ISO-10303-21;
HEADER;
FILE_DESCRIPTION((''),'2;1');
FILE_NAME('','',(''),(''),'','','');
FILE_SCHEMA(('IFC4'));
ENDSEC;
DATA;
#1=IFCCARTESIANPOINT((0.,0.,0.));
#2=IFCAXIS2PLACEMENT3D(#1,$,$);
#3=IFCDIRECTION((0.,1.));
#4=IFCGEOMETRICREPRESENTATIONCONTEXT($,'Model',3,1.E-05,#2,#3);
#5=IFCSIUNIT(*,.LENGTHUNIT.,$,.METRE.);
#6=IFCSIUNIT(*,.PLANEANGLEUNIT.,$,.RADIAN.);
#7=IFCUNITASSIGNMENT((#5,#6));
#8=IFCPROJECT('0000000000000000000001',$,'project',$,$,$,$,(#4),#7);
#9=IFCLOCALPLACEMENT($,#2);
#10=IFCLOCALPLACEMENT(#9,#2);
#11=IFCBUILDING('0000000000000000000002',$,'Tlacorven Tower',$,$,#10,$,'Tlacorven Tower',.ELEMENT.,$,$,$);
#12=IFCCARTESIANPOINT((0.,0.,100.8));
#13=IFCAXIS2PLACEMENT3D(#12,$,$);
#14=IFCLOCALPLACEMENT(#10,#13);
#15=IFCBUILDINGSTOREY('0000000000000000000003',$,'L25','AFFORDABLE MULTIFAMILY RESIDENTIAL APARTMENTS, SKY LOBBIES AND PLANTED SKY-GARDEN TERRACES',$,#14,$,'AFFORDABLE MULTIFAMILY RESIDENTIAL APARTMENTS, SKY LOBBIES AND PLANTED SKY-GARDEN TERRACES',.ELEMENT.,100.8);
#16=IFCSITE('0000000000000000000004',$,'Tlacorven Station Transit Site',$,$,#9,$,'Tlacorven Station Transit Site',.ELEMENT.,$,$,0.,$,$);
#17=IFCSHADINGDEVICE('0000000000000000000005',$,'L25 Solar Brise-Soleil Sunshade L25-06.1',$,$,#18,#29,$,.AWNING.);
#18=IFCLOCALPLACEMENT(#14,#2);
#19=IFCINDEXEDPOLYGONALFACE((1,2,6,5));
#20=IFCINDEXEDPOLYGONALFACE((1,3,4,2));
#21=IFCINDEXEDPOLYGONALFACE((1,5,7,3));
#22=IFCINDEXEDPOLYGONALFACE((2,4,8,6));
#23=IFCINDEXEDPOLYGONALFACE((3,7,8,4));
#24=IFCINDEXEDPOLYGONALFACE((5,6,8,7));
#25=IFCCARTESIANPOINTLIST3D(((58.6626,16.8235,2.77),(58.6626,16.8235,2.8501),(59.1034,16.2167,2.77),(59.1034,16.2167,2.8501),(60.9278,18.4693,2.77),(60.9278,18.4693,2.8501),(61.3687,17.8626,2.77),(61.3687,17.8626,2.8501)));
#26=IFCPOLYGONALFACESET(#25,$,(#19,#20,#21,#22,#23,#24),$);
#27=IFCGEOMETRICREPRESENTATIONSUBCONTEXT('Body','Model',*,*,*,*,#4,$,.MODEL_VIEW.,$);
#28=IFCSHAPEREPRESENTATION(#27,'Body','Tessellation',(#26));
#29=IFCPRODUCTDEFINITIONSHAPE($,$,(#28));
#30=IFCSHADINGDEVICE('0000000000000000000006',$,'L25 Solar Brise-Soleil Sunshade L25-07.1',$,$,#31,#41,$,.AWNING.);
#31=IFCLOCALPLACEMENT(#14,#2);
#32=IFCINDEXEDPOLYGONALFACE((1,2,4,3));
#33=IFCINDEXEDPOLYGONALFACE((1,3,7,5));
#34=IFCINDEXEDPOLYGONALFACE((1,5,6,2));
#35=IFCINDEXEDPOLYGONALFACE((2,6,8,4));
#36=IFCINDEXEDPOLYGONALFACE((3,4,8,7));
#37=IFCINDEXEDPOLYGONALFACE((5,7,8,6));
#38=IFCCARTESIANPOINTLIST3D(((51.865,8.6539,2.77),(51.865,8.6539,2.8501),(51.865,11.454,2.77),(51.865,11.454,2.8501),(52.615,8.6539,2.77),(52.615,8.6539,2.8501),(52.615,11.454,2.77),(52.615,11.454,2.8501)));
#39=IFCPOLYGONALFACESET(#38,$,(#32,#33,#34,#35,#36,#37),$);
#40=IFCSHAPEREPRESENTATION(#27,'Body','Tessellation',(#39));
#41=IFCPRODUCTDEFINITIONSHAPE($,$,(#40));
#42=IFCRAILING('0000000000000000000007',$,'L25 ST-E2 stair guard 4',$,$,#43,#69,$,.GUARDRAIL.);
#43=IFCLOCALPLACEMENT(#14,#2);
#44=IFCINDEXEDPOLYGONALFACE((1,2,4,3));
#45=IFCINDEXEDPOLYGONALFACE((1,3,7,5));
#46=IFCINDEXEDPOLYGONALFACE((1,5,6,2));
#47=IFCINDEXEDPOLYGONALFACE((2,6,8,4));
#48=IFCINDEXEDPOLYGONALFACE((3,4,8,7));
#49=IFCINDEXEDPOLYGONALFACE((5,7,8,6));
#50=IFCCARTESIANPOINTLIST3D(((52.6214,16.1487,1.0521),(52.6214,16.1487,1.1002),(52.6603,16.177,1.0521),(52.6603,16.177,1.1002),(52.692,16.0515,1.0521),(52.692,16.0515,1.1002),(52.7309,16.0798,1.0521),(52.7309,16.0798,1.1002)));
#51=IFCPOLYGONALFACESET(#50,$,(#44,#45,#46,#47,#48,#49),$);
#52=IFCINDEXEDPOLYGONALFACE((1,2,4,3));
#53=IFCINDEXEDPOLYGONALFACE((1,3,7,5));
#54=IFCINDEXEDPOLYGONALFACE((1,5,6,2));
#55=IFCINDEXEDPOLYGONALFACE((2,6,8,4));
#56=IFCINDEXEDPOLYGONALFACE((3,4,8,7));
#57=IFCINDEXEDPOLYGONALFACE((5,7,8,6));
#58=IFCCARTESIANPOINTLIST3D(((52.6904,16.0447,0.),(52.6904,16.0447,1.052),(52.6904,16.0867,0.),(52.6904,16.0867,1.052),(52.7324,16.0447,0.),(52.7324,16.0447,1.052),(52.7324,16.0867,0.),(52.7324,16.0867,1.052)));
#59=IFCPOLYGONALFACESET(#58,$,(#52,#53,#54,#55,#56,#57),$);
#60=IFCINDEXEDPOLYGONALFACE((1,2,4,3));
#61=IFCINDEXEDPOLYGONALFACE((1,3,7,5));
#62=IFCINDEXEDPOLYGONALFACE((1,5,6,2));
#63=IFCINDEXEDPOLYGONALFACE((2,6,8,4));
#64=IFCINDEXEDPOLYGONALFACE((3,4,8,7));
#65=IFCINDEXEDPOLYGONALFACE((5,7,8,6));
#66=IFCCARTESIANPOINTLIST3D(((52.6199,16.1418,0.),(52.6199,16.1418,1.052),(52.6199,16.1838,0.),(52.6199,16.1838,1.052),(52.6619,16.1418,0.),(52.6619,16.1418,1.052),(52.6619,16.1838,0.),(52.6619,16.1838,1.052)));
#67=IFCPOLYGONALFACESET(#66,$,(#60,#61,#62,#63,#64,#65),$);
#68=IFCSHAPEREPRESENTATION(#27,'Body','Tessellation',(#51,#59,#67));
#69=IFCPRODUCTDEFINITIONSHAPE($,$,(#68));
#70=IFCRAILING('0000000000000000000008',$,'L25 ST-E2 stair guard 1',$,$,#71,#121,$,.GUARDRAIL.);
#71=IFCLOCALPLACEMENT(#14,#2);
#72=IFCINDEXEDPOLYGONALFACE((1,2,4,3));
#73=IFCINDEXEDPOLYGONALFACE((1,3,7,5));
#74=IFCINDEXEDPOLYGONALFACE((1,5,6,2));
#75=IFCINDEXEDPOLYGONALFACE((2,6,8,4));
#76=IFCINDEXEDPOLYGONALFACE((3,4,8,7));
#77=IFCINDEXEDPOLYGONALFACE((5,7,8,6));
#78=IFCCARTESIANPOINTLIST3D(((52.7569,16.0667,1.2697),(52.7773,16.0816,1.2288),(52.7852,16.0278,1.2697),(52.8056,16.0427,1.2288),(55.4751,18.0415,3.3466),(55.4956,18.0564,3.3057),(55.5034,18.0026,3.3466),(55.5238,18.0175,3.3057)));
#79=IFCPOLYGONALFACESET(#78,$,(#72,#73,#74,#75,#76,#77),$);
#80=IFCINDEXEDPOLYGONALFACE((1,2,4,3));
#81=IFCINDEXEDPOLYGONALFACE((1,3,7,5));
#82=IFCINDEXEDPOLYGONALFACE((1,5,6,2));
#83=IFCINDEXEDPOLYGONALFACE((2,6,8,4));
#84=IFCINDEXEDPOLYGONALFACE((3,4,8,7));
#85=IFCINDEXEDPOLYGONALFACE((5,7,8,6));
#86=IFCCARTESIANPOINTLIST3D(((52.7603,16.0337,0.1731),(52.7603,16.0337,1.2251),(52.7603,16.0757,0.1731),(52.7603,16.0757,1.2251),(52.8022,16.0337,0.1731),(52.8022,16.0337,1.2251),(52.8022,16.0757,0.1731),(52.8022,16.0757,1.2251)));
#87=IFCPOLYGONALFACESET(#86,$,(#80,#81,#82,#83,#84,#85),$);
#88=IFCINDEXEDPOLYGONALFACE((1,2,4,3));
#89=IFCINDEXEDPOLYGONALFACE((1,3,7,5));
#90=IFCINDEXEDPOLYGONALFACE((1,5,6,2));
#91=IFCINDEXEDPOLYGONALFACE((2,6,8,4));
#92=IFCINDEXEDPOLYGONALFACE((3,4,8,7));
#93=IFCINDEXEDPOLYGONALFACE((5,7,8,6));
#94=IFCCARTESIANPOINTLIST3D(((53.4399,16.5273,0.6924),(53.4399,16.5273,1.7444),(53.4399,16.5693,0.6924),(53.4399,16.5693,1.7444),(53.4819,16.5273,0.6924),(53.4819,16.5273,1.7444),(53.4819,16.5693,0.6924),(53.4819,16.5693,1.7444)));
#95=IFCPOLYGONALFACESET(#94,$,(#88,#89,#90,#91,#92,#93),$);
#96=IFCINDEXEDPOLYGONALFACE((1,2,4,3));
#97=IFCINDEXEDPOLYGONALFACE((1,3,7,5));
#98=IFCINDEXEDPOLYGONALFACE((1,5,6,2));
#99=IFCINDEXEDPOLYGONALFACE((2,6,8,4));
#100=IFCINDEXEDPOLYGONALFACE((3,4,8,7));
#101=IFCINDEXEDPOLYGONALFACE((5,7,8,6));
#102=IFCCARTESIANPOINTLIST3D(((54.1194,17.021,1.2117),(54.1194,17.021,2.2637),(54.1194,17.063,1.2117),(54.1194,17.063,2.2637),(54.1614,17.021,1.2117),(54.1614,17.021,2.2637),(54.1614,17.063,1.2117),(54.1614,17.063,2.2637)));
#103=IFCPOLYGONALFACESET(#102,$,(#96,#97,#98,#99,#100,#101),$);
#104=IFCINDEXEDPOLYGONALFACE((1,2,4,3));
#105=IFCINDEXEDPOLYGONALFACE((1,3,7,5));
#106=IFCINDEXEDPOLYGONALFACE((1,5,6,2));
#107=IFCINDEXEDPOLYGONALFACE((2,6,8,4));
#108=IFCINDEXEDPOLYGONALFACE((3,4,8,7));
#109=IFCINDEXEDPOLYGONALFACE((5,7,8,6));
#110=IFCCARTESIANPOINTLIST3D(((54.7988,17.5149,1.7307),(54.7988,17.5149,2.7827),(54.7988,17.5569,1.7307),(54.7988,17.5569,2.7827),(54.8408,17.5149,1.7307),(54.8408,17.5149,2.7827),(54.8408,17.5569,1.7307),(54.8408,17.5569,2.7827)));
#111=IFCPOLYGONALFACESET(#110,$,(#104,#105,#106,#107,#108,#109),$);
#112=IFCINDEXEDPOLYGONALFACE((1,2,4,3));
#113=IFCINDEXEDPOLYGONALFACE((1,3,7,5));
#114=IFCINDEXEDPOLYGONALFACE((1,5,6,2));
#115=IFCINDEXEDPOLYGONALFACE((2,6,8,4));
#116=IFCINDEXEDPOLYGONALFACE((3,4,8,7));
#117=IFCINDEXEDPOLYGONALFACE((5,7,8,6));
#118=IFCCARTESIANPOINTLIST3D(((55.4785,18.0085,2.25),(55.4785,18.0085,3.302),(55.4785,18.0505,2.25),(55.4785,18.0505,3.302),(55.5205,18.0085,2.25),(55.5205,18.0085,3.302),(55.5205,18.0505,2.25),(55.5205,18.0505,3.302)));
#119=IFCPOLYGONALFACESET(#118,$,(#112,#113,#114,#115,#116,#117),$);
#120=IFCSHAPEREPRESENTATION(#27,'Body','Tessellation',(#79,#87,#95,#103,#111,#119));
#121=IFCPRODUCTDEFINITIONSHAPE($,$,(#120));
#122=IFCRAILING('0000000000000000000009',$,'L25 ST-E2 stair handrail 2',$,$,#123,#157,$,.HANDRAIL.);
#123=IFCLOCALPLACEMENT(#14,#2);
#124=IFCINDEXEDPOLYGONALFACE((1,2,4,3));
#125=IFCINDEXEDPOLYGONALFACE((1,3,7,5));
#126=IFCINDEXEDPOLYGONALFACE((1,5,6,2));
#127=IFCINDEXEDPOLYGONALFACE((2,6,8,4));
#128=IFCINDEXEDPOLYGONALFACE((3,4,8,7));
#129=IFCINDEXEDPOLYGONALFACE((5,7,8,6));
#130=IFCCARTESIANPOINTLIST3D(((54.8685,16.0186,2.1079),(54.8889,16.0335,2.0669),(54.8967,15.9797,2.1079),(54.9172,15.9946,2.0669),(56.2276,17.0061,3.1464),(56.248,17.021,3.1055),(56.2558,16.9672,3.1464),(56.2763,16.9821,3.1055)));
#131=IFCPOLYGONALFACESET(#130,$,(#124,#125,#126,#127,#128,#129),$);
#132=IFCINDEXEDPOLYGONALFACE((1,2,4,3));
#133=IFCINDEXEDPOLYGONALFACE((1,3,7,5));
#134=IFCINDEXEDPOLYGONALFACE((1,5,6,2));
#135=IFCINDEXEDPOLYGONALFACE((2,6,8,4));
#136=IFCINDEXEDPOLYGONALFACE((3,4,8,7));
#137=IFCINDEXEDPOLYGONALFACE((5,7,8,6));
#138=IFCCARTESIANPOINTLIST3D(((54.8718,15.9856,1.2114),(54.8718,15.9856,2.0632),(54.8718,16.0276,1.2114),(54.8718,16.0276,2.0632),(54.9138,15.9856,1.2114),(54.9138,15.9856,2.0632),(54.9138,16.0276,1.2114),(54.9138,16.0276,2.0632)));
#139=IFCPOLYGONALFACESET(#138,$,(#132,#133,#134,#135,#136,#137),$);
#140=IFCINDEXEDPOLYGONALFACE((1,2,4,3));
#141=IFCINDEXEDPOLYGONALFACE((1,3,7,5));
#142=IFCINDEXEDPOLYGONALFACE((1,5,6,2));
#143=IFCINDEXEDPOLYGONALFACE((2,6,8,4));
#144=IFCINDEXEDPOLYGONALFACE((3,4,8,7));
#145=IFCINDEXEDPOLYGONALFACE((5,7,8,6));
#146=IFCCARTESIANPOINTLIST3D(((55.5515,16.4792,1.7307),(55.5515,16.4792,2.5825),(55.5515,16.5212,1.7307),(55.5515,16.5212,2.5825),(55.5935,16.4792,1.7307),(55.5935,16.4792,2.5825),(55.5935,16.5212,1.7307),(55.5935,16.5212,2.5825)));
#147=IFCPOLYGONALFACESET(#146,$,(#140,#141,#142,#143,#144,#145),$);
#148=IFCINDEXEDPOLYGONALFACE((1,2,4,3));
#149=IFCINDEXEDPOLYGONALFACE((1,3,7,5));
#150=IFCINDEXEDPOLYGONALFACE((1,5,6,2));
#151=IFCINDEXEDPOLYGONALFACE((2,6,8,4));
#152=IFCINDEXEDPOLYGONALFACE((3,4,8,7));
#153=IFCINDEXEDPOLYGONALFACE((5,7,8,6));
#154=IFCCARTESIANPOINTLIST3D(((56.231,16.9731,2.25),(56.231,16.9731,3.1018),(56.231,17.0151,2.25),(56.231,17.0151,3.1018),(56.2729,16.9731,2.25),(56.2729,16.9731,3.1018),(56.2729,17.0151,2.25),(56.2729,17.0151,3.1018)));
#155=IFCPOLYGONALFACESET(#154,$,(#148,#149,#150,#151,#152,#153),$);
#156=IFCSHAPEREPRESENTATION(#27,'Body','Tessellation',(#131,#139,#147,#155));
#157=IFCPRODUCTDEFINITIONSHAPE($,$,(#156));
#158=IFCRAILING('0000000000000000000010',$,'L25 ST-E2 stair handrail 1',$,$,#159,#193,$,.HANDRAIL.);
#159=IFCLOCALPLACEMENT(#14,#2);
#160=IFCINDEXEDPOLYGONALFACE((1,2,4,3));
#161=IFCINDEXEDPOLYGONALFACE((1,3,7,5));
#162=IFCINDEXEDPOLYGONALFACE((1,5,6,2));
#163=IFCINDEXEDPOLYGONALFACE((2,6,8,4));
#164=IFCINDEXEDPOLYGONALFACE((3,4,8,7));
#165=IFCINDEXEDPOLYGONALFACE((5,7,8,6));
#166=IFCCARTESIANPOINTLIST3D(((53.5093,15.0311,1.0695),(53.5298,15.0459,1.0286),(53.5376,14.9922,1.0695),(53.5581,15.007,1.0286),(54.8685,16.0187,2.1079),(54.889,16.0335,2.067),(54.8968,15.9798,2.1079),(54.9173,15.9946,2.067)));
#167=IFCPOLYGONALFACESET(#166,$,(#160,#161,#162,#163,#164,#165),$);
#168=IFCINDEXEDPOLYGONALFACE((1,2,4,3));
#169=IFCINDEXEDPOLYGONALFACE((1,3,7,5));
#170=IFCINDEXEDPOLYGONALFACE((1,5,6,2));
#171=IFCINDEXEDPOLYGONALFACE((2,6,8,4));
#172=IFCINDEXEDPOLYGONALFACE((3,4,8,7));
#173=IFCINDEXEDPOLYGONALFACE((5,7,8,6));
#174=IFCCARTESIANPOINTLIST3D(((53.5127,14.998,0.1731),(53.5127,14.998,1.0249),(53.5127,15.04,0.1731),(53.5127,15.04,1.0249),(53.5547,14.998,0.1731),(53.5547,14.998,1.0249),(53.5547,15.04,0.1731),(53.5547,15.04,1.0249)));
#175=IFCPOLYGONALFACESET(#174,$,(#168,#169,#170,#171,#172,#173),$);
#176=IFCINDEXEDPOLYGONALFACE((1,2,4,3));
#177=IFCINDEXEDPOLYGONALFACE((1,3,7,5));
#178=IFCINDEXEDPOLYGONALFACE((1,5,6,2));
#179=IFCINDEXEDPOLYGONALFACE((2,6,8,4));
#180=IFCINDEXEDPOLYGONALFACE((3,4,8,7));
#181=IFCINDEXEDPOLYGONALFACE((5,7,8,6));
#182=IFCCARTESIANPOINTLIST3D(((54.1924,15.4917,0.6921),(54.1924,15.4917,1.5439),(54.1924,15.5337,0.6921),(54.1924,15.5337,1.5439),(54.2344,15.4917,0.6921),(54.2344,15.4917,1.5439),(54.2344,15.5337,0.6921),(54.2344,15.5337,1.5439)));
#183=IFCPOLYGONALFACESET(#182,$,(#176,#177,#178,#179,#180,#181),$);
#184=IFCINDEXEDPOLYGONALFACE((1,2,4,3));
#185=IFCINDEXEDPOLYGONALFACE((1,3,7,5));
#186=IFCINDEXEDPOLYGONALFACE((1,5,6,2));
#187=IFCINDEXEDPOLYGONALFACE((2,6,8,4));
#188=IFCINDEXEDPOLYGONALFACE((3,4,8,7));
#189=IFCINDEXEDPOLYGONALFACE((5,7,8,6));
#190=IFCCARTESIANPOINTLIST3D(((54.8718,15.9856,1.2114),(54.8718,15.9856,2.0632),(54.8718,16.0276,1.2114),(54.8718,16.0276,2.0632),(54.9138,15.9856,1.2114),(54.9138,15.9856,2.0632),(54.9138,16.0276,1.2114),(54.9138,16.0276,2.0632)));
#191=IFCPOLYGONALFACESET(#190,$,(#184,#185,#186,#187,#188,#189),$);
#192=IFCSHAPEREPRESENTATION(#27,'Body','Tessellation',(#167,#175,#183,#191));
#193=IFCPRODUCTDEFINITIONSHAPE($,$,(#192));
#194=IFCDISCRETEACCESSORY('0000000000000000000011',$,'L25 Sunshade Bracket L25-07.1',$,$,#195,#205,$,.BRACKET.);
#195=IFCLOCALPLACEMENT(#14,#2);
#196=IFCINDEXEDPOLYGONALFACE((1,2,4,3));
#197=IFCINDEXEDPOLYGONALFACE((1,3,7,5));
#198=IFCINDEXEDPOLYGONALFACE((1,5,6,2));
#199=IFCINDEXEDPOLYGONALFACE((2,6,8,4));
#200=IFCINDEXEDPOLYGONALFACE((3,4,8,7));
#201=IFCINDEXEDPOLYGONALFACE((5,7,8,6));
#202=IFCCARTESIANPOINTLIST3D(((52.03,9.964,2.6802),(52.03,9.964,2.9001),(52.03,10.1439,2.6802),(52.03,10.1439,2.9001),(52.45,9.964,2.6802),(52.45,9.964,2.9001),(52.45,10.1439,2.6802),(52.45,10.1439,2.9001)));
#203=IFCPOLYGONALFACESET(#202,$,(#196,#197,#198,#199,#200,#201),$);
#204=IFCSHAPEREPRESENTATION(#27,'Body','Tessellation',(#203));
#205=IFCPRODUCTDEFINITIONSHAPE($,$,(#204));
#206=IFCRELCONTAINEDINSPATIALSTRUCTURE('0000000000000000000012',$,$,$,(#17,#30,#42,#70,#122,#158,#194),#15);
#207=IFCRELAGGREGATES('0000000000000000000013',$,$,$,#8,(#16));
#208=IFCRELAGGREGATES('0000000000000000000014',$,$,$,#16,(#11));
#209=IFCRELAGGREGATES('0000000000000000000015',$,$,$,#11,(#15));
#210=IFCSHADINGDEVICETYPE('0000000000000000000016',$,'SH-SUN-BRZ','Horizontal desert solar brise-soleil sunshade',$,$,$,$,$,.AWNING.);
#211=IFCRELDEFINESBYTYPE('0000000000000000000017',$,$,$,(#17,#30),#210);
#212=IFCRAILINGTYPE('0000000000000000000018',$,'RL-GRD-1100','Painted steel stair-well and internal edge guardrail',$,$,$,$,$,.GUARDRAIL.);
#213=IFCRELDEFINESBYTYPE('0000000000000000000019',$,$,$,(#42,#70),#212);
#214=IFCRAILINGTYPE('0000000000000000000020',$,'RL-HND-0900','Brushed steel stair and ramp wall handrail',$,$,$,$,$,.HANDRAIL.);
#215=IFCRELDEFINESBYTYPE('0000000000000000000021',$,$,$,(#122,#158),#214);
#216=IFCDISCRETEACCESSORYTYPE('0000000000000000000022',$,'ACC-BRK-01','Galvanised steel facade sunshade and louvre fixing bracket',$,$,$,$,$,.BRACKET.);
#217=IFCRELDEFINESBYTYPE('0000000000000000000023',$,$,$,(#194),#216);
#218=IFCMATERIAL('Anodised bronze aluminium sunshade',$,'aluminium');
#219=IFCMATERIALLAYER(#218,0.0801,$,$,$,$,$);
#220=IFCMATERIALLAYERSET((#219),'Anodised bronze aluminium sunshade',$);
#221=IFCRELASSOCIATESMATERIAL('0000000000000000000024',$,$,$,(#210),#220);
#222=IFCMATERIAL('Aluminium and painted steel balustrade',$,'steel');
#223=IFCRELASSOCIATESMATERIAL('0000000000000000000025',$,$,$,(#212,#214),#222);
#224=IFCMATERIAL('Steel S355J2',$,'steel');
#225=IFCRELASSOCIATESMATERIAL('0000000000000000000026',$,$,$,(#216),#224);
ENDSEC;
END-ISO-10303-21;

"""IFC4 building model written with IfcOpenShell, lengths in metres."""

from ifc_helpers import new_model, si_unit, direction, frame, origin, origin_2d, place, context, subcontext, project, spatial, rectangle, extrude, source, transform, mapped, material, layer, layer_set, type_object, element, save


model = new_model("IFC4")

# Units and contexts
model_context = context("Model", 3, precision=1e-05, world=origin(), true_north=direction((0.0, 1.0)))
body_context = subcontext(model_context, "Body", "Model", "MODEL_VIEW")
ifc_project = project(units=[si_unit("LENGTHUNIT", "METRE"), si_unit("PLANEANGLEUNIT", "RADIAN")], contexts=[model_context])

# Site, building, storey
site_placement = place(None, origin())
site = spatial("IfcSite", under=ifc_project, at=site_placement, Name="Tlacorven Station Transit Site", LongName="Tlacorven Station Transit Site", CompositionType="ELEMENT", RefElevation=0.0)
building_placement = place(site_placement, origin())
building = spatial("IfcBuilding", under=site, at=building_placement, Name="Tlacorven Tower", LongName="Tlacorven Tower", CompositionType="ELEMENT")
storey_placement = place(building_placement, frame((0.0, 0.0, 100.8)))
storey = spatial("IfcBuildingStorey", under=building, at=storey_placement, Name="L25", Description="AFFORDABLE MULTIFAMILY RESIDENTIAL APARTMENTS, SKY LOBBIES AND PLANTED SKY-GARDEN TERRACES", LongName="AFFORDABLE MULTIFAMILY RESIDENTIAL APARTMENTS, SKY LOBBIES AND PLANTED SKY-GARDEN TERRACES", CompositionType="ELEMENT", Elevation=100.8)

# Shading devices
ifc_material_1 = material(Name="Anodised bronze aluminium sunshade", Category="aluminium")
ifc_layer_1 = layer(ifc_material_1, 0.0801)
ifc_layer_set_1 = layer_set([ifc_layer_1], Name="Anodised bronze aluminium sunshade")
shading_device_type = type_object("IfcShadingDeviceType", Name="SH-SUN-BRZ", Description="Horizontal desert solar brise-soleil sunshade", PredefinedType="AWNING", material=ifc_layer_set_1)
shared_shape_1 = source(origin(), body_context, "Body", "SweptSolid", [
    extrude(rectangle(XDim=2.8, YDim=0.75, at=origin_2d()), origin(), (0.0, 0.0, 1.0), 0.0801),
])
for number, where, z_axis, x_axis, name in (
    (1, (60.0156, 17.343, 2.77), (0.0, 0.0, 1.0), (-0.809017, -0.587785, 0.0), "L25 Solar Brise-Soleil Sunshade L25-06.1"),
    (2, (52.24, 10.054, 2.77), (0.0, 0.0, 1.0), (0.0, -1.0, 0.0), "L25 Solar Brise-Soleil Sunshade L25-07.1"),
):
    element("IfcShadingDevice", number, at=place(storey_placement, frame(where, z_axis=z_axis, x_axis=x_axis)), inside=storey, type_object=shading_device_type, Name=name, PredefinedType="AWNING", context=body_context, shape_type="MappedRepresentation", body=[
        mapped(shared_shape_1, transform((0.0, 0.0, 0.0), scale=1.0)),
    ])

# Railings
ifc_material_2 = material(Name="Aluminium and painted steel balustrade", Category="steel")
railing_type_1 = type_object("IfcRailingType", Name="RL-GRD-1100", Description="Painted steel stair-well and internal edge guardrail", PredefinedType="GUARDRAIL", material=ifc_material_2)
shared_shape_2 = source(origin(), body_context, "Body", "SweptSolid", [
    extrude(rectangle(XDim=0.0481, YDim=0.0481, at=origin_2d()), frame((0.0, 0.0, 1.0762), z_axis=(-0.587567, 0.809175, 0.0), x_axis=(-0.809175, -0.587567, 0.0)), (0.0, 0.0, 1.0), 0.1201),
    extrude(rectangle(XDim=0.042, YDim=0.042, at=origin_2d()), origin(), (0.0, 0.0, 1.0), 1.052),
    extrude(rectangle(XDim=0.042, YDim=0.042, at=origin_2d()), frame((-0.0706, 0.0972, 0.0)), (0.0, 0.0, 1.0), 1.052),
])
railing_1_placement = place(storey_placement, frame((52.7114, 16.0657, 0.0)))
element("IfcRailing", 3, at=railing_1_placement, inside=storey, type_object=railing_type_1, Name="L25 ST-E2 stair guard 4", PredefinedType="GUARDRAIL", context=body_context, shape_type="MappedRepresentation", body=[
    mapped(shared_shape_2, transform((0.0, 0.0, 0.0), scale=1.0)),
])
shared_shape_3 = source(origin(), body_context, "Body", "SweptSolid", [
    extrude(rectangle(XDim=0.0481, YDim=0.0481, at=origin_2d()), frame((0.0, 0.0, 1.0762), z_axis=(0.688167, 0.499963, 0.525798), x_axis=(-0.58777, 0.809028, 0.0)), (0.0, 0.0, 1.0), 3.95),
    extrude(rectangle(XDim=0.042, YDim=0.042, at=origin_2d()), origin(), (0.0, 0.0, 1.0), 1.052),
    extrude(rectangle(XDim=0.042, YDim=0.042, at=origin_2d()), frame((0.6797, 0.4937, 0.5193)), (0.0, 0.0, 1.0), 1.052),
    extrude(rectangle(XDim=0.042, YDim=0.042, at=origin_2d()), frame((1.3591, 0.9873, 1.0386)), (0.0, 0.0, 1.0), 1.052),
    extrude(rectangle(XDim=0.042, YDim=0.042, at=origin_2d()), frame((2.0386, 1.4812, 1.5576)), (0.0, 0.0, 1.0), 1.052),
    extrude(rectangle(XDim=0.042, YDim=0.042, at=origin_2d()), frame((2.7183, 1.9749, 2.0769)), (0.0, 0.0, 1.0), 1.052),
])
railing_2_placement = place(storey_placement, frame((52.7812, 16.0547, 0.1731)))
element("IfcRailing", 4, at=railing_2_placement, inside=storey, type_object=railing_type_1, Name="L25 ST-E2 stair guard 1", PredefinedType="GUARDRAIL", context=body_context, shape_type="MappedRepresentation", body=[
    mapped(shared_shape_3, transform((0.0, 0.0, 0.0), scale=1.0)),
])
railing_type_2 = type_object("IfcRailingType", Name="RL-HND-0900", Description="Brushed steel stair and ramp wall handrail", PredefinedType="HANDRAIL", material=ifc_material_2)
shared_shape_4 = source(origin(), body_context, "Body", "SweptSolid", [
    extrude(rectangle(XDim=0.0481, YDim=0.0481, at=origin_2d()), frame((0.0, 0.0, 0.876), z_axis=(0.688123, 0.499993, 0.525827), x_axis=(-0.587817, 0.808994, 0.0)), (0.0, 0.0, 1.0), 1.9751),
    extrude(rectangle(XDim=0.042, YDim=0.042, at=origin_2d()), origin(), (0.0, 0.0, 1.0), 0.8518),
    extrude(rectangle(XDim=0.042, YDim=0.042, at=origin_2d()), frame((0.6797, 0.4937, 0.5193)), (0.0, 0.0, 1.0), 0.8518),
    extrude(rectangle(XDim=0.042, YDim=0.042, at=origin_2d()), frame((1.3591, 0.9875, 1.0386)), (0.0, 0.0, 1.0), 0.8518),
])
railing_3_placement = place(storey_placement, frame((54.8928, 16.0066, 1.2114)))
element("IfcRailing", 5, at=railing_3_placement, inside=storey, type_object=railing_type_2, Name="L25 ST-E2 stair handrail 2", PredefinedType="HANDRAIL", context=body_context, shape_type="MappedRepresentation", body=[
    mapped(shared_shape_4, transform((0.0, 0.0, 0.0), scale=1.0)),
])
shared_shape_5 = source(origin(), body_context, "Body", "SweptSolid", [
    extrude(rectangle(XDim=0.0481, YDim=0.0481, at=origin_2d()), frame((0.0, 0.0, 0.876), z_axis=(0.688168, 0.500025, 0.525737), x_axis=(-0.587817, 0.808994, 0.0)), (0.0, 0.0, 1.0), 1.9751),
    extrude(rectangle(XDim=0.042, YDim=0.042, at=origin_2d()), origin(), (0.0, 0.0, 1.0), 0.8518),
    extrude(rectangle(XDim=0.042, YDim=0.042, at=origin_2d()), frame((0.6797, 0.4937, 0.519)), (0.0, 0.0, 1.0), 0.8518),
    extrude(rectangle(XDim=0.042, YDim=0.042, at=origin_2d()), frame((1.3591, 0.9875, 1.0383)), (0.0, 0.0, 1.0), 0.8518),
])
railing_4_placement = place(storey_placement, frame((53.5337, 15.019, 0.1731)))
element("IfcRailing", 6, at=railing_4_placement, inside=storey, type_object=railing_type_2, Name="L25 ST-E2 stair handrail 1", PredefinedType="HANDRAIL", context=body_context, shape_type="MappedRepresentation", body=[
    mapped(shared_shape_5, transform((0.0, 0.0, 0.0), scale=1.0)),
])

# Discrete accessory
ifc_material_3 = material(Name="Steel S355J2", Category="steel")
discrete_accessory_type = type_object("IfcDiscreteAccessoryType", Name="ACC-BRK-01", Description="Galvanised steel facade sunshade and louvre fixing bracket", PredefinedType="BRACKET", material=ifc_material_3)
shared_shape_6 = source(origin(), body_context, "Body", "SweptSolid", [
    extrude(rectangle(XDim=0.1799, YDim=0.4199, at=origin_2d()), origin(), (0.0, 0.0, 1.0), 0.22),
])
discrete_accessory_placement = place(storey_placement, frame((52.24, 10.054, 2.6802), z_axis=(0.0, 0.0, 1.0), x_axis=(0.0, -1.0, 0.0)))
element("IfcDiscreteAccessory", 7, at=discrete_accessory_placement, inside=storey, type_object=discrete_accessory_type, Name="L25 Sunshade Bracket L25-07.1", PredefinedType="BRACKET", context=body_context, shape_type="MappedRepresentation", body=[
    mapped(shared_shape_6, transform((0.0, 0.0, 0.0), scale=1.0)),
])

save(model, "model.ifc")
